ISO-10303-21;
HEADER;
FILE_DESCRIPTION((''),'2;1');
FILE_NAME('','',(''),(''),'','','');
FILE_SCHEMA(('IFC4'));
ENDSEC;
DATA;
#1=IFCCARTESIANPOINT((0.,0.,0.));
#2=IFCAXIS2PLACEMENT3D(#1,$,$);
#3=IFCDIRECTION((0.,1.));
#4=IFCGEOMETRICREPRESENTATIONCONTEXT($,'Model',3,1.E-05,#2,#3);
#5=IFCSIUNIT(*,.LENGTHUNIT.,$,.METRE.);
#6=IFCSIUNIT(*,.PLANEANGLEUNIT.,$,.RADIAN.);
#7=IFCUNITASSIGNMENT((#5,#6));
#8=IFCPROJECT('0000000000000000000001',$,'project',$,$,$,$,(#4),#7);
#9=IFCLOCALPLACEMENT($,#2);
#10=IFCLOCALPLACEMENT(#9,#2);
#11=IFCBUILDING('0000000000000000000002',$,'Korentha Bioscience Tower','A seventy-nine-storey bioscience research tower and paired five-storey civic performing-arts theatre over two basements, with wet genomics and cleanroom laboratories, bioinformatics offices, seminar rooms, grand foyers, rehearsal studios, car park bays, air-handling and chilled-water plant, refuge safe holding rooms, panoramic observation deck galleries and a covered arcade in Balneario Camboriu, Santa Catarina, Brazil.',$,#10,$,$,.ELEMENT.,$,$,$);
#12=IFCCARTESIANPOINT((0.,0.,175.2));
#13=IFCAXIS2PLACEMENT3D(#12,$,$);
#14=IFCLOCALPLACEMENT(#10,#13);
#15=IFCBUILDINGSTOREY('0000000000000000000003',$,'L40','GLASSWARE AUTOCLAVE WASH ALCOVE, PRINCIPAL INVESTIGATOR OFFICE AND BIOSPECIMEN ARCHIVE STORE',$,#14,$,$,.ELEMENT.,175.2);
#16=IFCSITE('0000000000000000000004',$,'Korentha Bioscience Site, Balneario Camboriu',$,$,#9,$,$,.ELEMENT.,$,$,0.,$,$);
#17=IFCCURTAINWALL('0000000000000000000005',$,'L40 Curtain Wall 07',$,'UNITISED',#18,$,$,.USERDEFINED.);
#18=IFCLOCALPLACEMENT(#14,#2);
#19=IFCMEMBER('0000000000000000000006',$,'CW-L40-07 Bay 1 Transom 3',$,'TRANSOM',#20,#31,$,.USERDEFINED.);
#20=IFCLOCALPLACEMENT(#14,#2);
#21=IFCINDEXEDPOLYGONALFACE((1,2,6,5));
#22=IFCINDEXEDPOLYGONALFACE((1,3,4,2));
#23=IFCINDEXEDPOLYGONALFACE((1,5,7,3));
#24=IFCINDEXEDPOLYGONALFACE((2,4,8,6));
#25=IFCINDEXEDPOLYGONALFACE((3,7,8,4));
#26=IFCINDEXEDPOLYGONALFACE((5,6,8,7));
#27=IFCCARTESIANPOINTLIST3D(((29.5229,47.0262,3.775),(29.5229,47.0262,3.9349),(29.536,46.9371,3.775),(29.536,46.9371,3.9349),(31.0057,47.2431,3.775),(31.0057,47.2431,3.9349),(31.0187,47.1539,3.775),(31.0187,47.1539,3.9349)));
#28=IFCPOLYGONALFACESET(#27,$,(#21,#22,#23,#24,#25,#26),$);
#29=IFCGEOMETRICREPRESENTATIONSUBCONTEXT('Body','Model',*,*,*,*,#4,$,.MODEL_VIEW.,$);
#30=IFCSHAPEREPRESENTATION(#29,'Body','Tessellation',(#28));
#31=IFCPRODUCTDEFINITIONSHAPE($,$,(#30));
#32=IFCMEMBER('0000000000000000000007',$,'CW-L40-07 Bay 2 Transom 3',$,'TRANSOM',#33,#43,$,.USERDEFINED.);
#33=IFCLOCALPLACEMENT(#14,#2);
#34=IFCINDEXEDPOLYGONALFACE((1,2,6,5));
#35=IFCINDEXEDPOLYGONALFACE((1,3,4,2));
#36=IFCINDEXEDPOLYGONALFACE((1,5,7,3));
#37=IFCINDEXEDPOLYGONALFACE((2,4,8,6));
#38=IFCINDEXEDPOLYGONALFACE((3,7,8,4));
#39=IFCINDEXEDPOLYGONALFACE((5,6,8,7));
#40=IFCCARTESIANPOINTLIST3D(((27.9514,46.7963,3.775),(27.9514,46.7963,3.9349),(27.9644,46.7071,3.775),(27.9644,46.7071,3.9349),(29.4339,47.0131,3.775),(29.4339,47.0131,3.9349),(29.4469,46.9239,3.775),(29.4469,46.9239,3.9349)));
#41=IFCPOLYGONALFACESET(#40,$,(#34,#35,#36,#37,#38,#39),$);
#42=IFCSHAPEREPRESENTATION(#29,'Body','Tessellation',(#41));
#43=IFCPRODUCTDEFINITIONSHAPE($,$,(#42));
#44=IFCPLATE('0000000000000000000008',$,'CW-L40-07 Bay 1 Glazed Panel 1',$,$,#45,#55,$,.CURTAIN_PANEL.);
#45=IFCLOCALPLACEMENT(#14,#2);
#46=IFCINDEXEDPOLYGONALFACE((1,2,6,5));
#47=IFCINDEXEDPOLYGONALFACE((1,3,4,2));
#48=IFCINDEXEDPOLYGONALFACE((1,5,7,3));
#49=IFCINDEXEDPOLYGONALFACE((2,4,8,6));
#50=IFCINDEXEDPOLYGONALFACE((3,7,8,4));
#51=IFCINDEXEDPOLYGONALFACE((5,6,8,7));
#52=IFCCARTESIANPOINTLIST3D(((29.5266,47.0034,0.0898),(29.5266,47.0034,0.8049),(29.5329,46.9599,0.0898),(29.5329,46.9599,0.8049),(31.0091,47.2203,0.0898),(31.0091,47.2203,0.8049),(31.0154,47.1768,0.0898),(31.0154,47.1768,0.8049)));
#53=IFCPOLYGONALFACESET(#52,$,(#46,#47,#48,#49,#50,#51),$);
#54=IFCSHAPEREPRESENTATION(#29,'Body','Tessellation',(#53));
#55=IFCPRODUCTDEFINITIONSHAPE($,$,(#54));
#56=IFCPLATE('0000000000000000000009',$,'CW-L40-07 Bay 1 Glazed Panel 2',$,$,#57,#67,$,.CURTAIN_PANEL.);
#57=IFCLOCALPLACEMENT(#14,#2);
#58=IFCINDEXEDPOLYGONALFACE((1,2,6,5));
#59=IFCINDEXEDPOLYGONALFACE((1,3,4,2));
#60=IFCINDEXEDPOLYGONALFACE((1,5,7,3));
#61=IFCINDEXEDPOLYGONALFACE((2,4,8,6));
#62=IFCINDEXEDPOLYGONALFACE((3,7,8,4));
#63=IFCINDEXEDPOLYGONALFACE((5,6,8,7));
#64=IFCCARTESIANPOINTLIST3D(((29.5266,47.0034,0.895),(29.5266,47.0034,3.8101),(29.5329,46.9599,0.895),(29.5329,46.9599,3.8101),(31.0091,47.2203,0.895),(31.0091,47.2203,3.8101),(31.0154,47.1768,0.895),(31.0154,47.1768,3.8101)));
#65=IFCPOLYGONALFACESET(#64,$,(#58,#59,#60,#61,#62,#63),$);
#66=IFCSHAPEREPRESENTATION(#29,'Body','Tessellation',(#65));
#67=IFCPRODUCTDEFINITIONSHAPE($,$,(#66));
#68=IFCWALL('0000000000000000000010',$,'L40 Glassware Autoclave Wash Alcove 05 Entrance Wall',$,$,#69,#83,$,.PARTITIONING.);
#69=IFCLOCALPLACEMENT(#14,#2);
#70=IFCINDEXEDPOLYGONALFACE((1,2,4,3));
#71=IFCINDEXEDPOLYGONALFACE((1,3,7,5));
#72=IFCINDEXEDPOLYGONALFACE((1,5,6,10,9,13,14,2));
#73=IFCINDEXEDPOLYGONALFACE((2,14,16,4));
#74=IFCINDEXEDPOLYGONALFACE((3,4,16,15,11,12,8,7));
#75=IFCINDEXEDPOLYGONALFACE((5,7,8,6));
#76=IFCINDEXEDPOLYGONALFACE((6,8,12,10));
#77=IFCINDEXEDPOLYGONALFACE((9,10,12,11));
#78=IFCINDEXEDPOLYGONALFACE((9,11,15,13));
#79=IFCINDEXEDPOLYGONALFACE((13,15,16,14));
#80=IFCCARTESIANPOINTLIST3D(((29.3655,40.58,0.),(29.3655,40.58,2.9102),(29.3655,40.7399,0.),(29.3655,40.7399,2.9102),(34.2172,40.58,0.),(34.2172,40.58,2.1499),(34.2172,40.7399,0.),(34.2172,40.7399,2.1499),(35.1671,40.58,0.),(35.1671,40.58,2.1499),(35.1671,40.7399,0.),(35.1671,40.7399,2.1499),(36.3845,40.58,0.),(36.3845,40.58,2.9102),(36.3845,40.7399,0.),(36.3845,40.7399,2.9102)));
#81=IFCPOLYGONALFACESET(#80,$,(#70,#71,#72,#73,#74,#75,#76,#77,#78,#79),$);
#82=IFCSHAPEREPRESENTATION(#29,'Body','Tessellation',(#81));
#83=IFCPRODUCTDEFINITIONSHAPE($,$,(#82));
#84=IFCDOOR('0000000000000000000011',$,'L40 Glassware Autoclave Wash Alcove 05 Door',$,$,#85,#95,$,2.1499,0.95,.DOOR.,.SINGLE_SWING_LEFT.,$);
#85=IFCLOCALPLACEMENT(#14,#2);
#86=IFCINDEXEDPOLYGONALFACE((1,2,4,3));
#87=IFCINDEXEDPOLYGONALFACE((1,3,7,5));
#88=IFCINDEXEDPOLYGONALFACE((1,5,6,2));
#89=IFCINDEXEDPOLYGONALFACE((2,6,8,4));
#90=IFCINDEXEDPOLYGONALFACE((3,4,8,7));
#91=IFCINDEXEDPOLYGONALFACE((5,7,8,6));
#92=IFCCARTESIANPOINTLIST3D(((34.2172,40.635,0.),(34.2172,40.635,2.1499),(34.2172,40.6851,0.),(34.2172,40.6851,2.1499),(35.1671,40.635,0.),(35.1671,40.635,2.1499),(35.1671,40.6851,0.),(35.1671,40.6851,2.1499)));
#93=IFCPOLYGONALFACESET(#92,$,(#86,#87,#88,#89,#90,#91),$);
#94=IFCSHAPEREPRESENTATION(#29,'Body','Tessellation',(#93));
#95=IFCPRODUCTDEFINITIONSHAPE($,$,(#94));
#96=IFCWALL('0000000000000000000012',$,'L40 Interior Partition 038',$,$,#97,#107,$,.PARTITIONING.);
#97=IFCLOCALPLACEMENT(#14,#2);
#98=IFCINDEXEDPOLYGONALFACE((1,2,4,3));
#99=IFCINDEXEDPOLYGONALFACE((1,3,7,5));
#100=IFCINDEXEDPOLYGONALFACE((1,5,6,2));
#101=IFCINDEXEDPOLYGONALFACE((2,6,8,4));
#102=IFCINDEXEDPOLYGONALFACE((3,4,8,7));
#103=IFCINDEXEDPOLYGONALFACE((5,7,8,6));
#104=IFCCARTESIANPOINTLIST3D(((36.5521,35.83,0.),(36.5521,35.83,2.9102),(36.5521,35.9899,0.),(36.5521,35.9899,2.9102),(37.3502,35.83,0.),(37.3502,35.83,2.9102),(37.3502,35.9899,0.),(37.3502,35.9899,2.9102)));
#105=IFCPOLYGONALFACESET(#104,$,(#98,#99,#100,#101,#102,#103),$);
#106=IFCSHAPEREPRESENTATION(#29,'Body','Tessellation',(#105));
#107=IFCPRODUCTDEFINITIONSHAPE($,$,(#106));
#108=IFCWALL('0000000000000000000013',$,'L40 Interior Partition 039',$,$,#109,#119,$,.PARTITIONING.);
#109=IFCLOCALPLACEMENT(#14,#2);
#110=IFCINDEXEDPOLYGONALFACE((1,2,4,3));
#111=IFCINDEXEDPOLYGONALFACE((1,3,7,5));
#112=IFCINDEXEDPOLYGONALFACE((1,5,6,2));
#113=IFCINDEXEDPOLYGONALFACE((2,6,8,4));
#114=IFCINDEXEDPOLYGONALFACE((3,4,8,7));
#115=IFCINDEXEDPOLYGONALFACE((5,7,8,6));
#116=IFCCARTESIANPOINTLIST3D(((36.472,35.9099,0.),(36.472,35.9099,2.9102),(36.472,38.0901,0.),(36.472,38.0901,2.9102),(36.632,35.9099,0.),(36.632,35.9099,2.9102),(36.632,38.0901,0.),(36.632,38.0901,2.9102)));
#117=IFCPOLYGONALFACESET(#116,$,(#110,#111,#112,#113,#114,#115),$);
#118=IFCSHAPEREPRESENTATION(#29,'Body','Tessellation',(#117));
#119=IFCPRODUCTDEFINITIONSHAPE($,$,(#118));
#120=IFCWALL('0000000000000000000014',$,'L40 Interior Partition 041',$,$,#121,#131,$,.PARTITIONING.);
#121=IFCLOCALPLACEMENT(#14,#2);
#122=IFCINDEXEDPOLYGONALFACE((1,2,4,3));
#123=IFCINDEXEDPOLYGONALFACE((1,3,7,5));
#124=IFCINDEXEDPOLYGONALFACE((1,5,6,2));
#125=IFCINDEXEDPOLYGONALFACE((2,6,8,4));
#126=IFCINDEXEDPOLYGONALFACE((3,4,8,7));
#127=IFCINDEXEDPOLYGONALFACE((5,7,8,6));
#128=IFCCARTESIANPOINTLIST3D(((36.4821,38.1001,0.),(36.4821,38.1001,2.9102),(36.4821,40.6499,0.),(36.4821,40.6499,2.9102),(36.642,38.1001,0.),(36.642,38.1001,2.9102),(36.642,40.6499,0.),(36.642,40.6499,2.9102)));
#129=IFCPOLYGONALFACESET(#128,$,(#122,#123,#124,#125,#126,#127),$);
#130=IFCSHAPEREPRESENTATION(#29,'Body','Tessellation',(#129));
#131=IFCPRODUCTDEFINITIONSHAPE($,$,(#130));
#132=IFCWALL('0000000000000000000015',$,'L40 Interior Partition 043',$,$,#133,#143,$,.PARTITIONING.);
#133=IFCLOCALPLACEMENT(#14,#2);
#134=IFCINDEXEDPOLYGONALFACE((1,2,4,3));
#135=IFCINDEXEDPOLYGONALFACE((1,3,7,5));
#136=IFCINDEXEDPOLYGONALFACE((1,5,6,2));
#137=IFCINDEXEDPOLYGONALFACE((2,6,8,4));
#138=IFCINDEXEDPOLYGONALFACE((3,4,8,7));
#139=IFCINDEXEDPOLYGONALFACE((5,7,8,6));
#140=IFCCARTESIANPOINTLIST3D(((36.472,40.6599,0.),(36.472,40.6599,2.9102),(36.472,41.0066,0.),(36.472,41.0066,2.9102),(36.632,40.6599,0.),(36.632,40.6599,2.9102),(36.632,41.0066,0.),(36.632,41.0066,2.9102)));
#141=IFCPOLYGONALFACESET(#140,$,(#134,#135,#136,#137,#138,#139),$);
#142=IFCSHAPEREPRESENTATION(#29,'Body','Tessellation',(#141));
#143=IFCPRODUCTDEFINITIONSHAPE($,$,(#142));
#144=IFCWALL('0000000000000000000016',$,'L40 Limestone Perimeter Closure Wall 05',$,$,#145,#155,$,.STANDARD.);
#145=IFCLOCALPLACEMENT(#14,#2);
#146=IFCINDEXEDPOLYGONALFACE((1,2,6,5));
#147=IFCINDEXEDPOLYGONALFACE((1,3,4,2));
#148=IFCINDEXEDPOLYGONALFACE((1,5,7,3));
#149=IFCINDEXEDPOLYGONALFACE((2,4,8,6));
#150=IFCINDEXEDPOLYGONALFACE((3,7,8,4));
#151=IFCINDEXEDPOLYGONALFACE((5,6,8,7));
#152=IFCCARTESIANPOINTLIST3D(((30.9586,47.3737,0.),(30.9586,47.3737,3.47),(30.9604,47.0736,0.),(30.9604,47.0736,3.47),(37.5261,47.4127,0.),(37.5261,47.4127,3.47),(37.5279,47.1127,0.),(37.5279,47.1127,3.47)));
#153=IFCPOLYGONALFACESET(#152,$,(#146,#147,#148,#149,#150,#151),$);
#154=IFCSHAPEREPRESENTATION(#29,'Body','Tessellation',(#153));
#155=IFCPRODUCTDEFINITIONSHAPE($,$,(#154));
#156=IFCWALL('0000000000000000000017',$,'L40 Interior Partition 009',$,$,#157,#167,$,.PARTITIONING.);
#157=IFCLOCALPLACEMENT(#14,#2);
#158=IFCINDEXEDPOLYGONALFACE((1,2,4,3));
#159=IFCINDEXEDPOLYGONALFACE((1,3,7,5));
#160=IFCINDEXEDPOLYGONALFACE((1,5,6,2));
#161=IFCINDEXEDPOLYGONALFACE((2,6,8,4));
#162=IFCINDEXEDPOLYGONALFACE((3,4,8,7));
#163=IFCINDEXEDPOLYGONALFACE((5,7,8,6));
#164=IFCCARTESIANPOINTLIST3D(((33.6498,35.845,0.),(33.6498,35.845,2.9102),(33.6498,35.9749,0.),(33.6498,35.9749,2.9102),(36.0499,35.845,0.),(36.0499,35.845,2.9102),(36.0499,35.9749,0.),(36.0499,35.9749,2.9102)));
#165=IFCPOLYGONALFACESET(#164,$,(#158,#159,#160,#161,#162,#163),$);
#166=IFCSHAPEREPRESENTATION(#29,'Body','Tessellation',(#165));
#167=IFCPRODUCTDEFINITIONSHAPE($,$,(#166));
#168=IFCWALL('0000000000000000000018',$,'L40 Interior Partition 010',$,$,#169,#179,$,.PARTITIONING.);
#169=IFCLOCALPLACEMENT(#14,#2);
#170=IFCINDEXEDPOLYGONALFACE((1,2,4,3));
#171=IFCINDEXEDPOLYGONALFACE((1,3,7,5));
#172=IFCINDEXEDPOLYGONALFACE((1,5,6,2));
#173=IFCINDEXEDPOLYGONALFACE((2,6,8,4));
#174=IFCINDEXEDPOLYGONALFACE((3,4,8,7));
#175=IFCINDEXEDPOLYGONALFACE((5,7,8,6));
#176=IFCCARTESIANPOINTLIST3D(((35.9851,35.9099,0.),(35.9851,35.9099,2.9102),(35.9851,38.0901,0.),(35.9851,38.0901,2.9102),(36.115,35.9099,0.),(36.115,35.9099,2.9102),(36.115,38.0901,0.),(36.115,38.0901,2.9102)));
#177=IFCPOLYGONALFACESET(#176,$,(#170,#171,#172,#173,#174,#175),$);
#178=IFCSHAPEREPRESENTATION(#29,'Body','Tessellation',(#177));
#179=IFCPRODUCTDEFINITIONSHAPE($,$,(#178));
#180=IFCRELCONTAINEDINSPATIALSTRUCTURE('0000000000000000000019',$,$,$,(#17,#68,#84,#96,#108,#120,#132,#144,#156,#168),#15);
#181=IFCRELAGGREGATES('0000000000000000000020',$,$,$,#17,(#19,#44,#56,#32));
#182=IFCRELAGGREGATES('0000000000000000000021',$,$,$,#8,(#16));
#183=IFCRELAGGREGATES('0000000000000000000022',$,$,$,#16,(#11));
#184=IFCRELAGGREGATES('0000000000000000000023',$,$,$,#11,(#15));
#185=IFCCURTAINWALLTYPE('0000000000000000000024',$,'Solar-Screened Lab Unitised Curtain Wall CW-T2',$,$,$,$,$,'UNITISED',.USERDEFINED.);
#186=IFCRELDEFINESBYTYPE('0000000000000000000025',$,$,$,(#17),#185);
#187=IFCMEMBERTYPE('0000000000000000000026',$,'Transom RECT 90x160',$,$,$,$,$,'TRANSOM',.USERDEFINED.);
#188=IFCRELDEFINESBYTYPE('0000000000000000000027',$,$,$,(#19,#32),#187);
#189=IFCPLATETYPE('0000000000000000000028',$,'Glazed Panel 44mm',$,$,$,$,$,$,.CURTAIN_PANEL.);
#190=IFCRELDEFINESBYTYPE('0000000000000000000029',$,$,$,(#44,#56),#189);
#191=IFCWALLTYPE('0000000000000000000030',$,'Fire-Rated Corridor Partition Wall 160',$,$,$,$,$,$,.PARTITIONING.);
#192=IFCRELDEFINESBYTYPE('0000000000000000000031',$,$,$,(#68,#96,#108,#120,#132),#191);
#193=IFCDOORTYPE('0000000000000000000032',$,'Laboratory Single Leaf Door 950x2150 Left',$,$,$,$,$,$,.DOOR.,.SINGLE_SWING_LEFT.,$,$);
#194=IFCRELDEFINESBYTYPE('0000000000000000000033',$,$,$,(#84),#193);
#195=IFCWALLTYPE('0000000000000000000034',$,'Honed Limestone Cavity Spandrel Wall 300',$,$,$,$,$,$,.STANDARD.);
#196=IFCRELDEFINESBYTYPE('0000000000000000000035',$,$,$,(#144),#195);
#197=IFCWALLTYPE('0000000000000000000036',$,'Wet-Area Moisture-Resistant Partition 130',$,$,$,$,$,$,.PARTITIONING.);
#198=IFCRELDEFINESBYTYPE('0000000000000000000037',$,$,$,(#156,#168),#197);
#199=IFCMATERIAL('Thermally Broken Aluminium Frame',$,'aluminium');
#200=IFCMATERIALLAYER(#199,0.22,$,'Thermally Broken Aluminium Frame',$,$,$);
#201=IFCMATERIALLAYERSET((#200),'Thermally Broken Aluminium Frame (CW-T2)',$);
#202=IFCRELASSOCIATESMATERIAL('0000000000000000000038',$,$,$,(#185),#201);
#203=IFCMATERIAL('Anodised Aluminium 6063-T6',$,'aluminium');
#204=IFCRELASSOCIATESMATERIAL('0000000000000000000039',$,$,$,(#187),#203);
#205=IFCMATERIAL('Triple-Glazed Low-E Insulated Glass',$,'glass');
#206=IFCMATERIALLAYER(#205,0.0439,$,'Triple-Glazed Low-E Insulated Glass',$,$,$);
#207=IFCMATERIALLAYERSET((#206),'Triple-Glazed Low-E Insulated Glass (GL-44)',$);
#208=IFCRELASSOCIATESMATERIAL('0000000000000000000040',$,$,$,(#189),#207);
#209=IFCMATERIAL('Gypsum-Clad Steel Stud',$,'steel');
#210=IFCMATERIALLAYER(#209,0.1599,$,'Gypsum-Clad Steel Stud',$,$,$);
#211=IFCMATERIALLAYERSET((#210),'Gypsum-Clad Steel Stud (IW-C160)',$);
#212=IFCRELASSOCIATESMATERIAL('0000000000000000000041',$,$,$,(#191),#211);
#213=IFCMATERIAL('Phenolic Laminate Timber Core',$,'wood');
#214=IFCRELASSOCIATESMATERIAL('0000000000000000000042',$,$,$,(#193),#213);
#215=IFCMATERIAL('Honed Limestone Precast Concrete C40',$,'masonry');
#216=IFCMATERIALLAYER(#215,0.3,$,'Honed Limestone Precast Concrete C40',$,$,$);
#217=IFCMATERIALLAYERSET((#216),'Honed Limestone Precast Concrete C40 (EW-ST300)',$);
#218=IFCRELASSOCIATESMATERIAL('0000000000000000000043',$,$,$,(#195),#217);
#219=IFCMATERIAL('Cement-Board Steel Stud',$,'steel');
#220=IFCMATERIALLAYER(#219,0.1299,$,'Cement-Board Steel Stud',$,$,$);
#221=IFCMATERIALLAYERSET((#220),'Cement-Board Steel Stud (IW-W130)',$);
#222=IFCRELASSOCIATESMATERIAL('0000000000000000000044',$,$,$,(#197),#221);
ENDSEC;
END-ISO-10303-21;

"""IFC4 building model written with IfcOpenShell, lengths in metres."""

from ifc_helpers import new_model, si_unit, direction, frame, frame_2d, origin, origin_2d, place, context, subcontext, project, spatial, rectangle, extrude, material, layer, layer_set, material_profile, profile_set, type_object, element, fill, aggregate, save


model = new_model("IFC4")

# Units and contexts
model_context = context("Model", 3, precision=1e-05, world=origin(), true_north=direction((0.0, 1.0)))
body_context = subcontext(model_context, "Body", "Model", "MODEL_VIEW")
ifc_project = project(units=[si_unit("LENGTHUNIT", "METRE"), si_unit("PLANEANGLEUNIT", "RADIAN")], contexts=[model_context])

# Site, building, storey
site_placement = place(None, origin())
site = spatial("IfcSite", under=ifc_project, at=site_placement, Name="Korentha Bioscience Site, Balneario Camboriu", CompositionType="ELEMENT", RefElevation=0.0)
building_placement = place(site_placement, origin())
building = spatial("IfcBuilding", under=site, at=building_placement, Name="Korentha Bioscience Tower", Description="A seventy-nine-storey bioscience research tower and paired five-storey civic performing-arts theatre over two basements, with wet genomics and cleanroom laboratories, bioinformatics offices, seminar rooms, grand foyers, rehearsal studios, car park bays, air-handling and chilled-water plant, refuge safe holding rooms, panoramic observation deck galleries and a covered arcade in Balneario Camboriu, Santa Catarina, Brazil.", CompositionType="ELEMENT")
storey_placement = place(building_placement, frame((0.0, 0.0, 175.2)))
storey = spatial("IfcBuildingStorey", under=building, at=storey_placement, Name="L40", Description="GLASSWARE AUTOCLAVE WASH ALCOVE, PRINCIPAL INVESTIGATOR OFFICE AND BIOSPECIMEN ARCHIVE STORE", CompositionType="ELEMENT", Elevation=175.2)

# Curtain wall
ifc_material_1 = material(Name="Thermally Broken Aluminium Frame", Category="aluminium")
ifc_layer_1 = layer(ifc_material_1, 0.22, Name="Thermally Broken Aluminium Frame")
ifc_layer_set_1 = layer_set([ifc_layer_1], Name="Thermally Broken Aluminium Frame (CW-T2)")
curtain_wall_type = type_object("IfcCurtainWallType", Name="Solar-Screened Lab Unitised Curtain Wall CW-T2", ElementType="UNITISED", PredefinedType="USERDEFINED", material=ifc_layer_set_1)
curtain_wall_placement = place(storey_placement, origin())
curtain_wall = element("IfcCurtainWall", 1, at=curtain_wall_placement, inside=storey, type_object=curtain_wall_type, Name="L40 Curtain Wall 07", ObjectType="UNITISED", PredefinedType="USERDEFINED")
ifc_material_2 = material(Name="Anodised Aluminium 6063-T6", Category="aluminium")

# Members
ifc_material_profile_1 = material_profile(ifc_material_2, rectangle(XDim=0.0901, YDim=0.1599, at=origin_2d()), Name="Anodised Aluminium 6063-T6")
ifc_profile_set_1 = profile_set([ifc_material_profile_1], Name="Anodised Aluminium 6063-T6 (CW-TRN)")
member_type_1 = type_object("IfcMemberType", Name="Transom RECT 90x160", ElementType="TRANSOM", PredefinedType="USERDEFINED", material=ifc_profile_set_1)
member_1_placement = place(storey_placement, frame((31.0122, 47.1985, 3.855), z_axis=(-0.989478, -0.144682, 0.0), x_axis=(0.144682, -0.989478, 0.0)))
member_1 = element("IfcMember", 2, at=member_1_placement, type_object=member_type_1, Name="CW-L40-07 Bay 1 Transom 3", ObjectType="TRANSOM", PredefinedType="USERDEFINED", context=body_context, shape_type="SweptSolid", body=[
    extrude(rectangle(XDim=0.0901, YDim=0.1599, at=origin_2d()), origin(), (0.0, 0.0, 1.0), 1.4985),
])
member_2_placement = place(storey_placement, frame((29.4404, 46.9685, 3.855), z_axis=(-0.989475, -0.144706, 0.0), x_axis=(0.144706, -0.989475, 0.0)))
member_2 = element("IfcMember", 3, at=member_2_placement, type_object=member_type_1, Name="CW-L40-07 Bay 2 Transom 3", ObjectType="TRANSOM", PredefinedType="USERDEFINED", context=body_context, shape_type="SweptSolid", body=[
    extrude(rectangle(XDim=0.0901, YDim=0.1599, at=origin_2d()), origin(), (0.0, 0.0, 1.0), 1.4983),
])

# Plates
ifc_material_3 = material(Name="Triple-Glazed Low-E Insulated Glass", Category="glass")
ifc_layer_2 = layer(ifc_material_3, 0.0439, Name="Triple-Glazed Low-E Insulated Glass")
ifc_layer_set_2 = layer_set([ifc_layer_2], Name="Triple-Glazed Low-E Insulated Glass (GL-44)")
plate_type = type_object("IfcPlateType", Name="Glazed Panel 44mm", PredefinedType="CURTAIN_PANEL", material=ifc_layer_set_2)
plate_1_placement = place(storey_placement, frame((30.271, 47.0901, 0.0898), z_axis=(0.0, 0.0, 1.0), x_axis=(-0.989462, -0.144793, 0.0)))
plate_1 = element("IfcPlate", 4, at=plate_1_placement, type_object=plate_type, Name="CW-L40-07 Bay 1 Glazed Panel 1", PredefinedType="CURTAIN_PANEL", context=body_context, shape_type="SweptSolid", body=[
    extrude(rectangle(XDim=1.4983, YDim=0.0439, at=origin_2d()), origin(), (0.0, 0.0, 1.0), 0.7151),
])
plate_2_placement = place(storey_placement, frame((30.271, 47.0901, 0.895), z_axis=(0.0, 0.0, 1.0), x_axis=(-0.989462, -0.144793, 0.0)))
plate_2 = element("IfcPlate", 5, at=plate_2_placement, type_object=plate_type, Name="CW-L40-07 Bay 1 Glazed Panel 2", PredefinedType="CURTAIN_PANEL", context=body_context, shape_type="SweptSolid", body=[
    extrude(rectangle(XDim=1.4983, YDim=0.0439, at=origin_2d()), origin(), (0.0, 0.0, 1.0), 2.915),
])
aggregate(curtain_wall, [member_1, plate_1, plate_2, member_2])

# Wall, opening, door
ifc_material_4 = material(Name="Gypsum-Clad Steel Stud", Category="steel")
ifc_layer_3 = layer(ifc_material_4, 0.1599, Name="Gypsum-Clad Steel Stud")
ifc_layer_set_3 = layer_set([ifc_layer_3], Name="Gypsum-Clad Steel Stud (IW-C160)")
wall_type_1 = type_object("IfcWallType", Name="Fire-Rated Corridor Partition Wall 160", PredefinedType="PARTITIONING", material=ifc_layer_set_3)
wall_1_placement = place(storey_placement, frame((36.3845, 40.6599, 0.0), z_axis=(0.0, 0.0, 1.0), x_axis=(-1.0, 0.0, 0.0)))
wall_1 = element("IfcWall", 6, at=wall_1_placement, inside=storey, type_object=wall_type_1, Name="L40 Glassware Autoclave Wash Alcove 05 Entrance Wall", PredefinedType="PARTITIONING", context=body_context, shape_type="SweptSolid", body=[
    extrude(rectangle(XDim=7.019, YDim=0.1599, at=frame_2d((3.5095, 0.0))), origin(), (0.0, 0.0, 1.0), 2.9102),
])
opening_1_placement = place(wall_1_placement, frame((1.2173, 0.0, 0.0)))
opening_1 = element("IfcOpeningElement", 7, at=opening_1_placement, cuts=wall_1, PredefinedType="OPENING", context=body_context, shape_type="SweptSolid", body=[
    extrude(rectangle(XDim=0.95, YDim=2.1499, at=frame_2d((0.4751, 1.075))), frame((0.0, 0.0947, 0.0), z_axis=(0.0, -1.0, 0.0), x_axis=(1.0, 0.0, 0.0)), (0.0, 0.0, 1.0), 0.1897),
])
ifc_material_5 = material(Name="Phenolic Laminate Timber Core", Category="wood")
door_type_1 = type_object("IfcDoorType", Name="Laboratory Single Leaf Door 950x2150 Left", OperationType="SINGLE_SWING_LEFT", PredefinedType="DOOR", material=ifc_material_5)
door_1_placement = place(opening_1_placement, origin())
door_1 = element("IfcDoor", 8, at=door_1_placement, inside=storey, type_object=door_type_1, Name="L40 Glassware Autoclave Wash Alcove 05 Door", OperationType="SINGLE_SWING_LEFT", OverallHeight=2.1499, OverallWidth=0.95, PredefinedType="DOOR", context=body_context, shape_type="SweptSolid", body=[
    extrude(rectangle(XDim=0.95, YDim=2.1499, at=frame_2d((0.4751, 1.075))), frame((0.0, 0.0249, 0.0), z_axis=(0.0, -1.0, 0.0), x_axis=(1.0, 0.0, 0.0)), (0.0, 0.0, 1.0), 0.05),
])
fill(opening_1, door_1)

# Walls
wall_2_placement = place(storey_placement, frame((37.3501, 35.9099, 0.0), z_axis=(0.0, 0.0, 1.0), x_axis=(-1.0, 0.0, 0.0)))
element("IfcWall", 9, at=wall_2_placement, inside=storey, type_object=wall_type_1, Name="L40 Interior Partition 038", PredefinedType="PARTITIONING", context=body_context, shape_type="SweptSolid", body=[
    extrude(rectangle(XDim=0.7981, YDim=0.1599, at=frame_2d((0.3989, 0.0))), origin(), (0.0, 0.0, 1.0), 2.9102),
])
wall_3_placement = place(storey_placement, frame((36.552, 35.9099, 0.0), z_axis=(0.0, 0.0, 1.0), x_axis=(0.0, 1.0, 0.0)))
element("IfcWall", 10, at=wall_3_placement, inside=storey, type_object=wall_type_1, Name="L40 Interior Partition 039", PredefinedType="PARTITIONING", context=body_context, shape_type="SweptSolid", body=[
    extrude(rectangle(XDim=2.1802, YDim=0.1599, at=frame_2d((1.0901, 0.0))), origin(), (0.0, 0.0, 1.0), 2.9102),
])
wall_4_placement = place(storey_placement, frame((36.562, 38.1001, 0.0), z_axis=(0.0, 0.0, 1.0), x_axis=(0.0, 1.0, 0.0)))
element("IfcWall", 11, at=wall_4_placement, inside=storey, type_object=wall_type_1, Name="L40 Interior Partition 041", PredefinedType="PARTITIONING", context=body_context, shape_type="SweptSolid", body=[
    extrude(rectangle(XDim=2.5498, YDim=0.1599, at=frame_2d((1.2749, 0.0))), origin(), (0.0, 0.0, 1.0), 2.9102),
])
wall_5_placement = place(storey_placement, frame((36.552, 40.6599, 0.0), z_axis=(0.0, 0.0, 1.0), x_axis=(0.0, 1.0, 0.0)))
element("IfcWall", 12, at=wall_5_placement, inside=storey, type_object=wall_type_1, Name="L40 Interior Partition 043", PredefinedType="PARTITIONING", context=body_context, shape_type="SweptSolid", body=[
    extrude(rectangle(XDim=0.3467, YDim=0.1599, at=frame_2d((0.1733, 0.0))), origin(), (0.0, 0.0, 1.0), 2.9102),
])
ifc_material_6 = material(Name="Honed Limestone Precast Concrete C40", Category="masonry")
ifc_layer_4 = layer(ifc_material_6, 0.3, Name="Honed Limestone Precast Concrete C40")
ifc_layer_set_4 = layer_set([ifc_layer_4], Name="Honed Limestone Precast Concrete C40 (EW-ST300)")
wall_type_2 = type_object("IfcWallType", Name="Honed Limestone Cavity Spandrel Wall 300", PredefinedType="STANDARD", material=ifc_layer_set_4)
wall_6_placement = place(storey_placement, frame((37.5269, 47.2627, 0.0), z_axis=(0.0, 0.0, 1.0), x_axis=(-0.999982, -0.005948, 0.0)))
element("IfcWall", 13, at=wall_6_placement, inside=storey, type_object=wall_type_2, Name="L40 Limestone Perimeter Closure Wall 05", PredefinedType="STANDARD", context=body_context, shape_type="SweptSolid", body=[
    extrude(rectangle(XDim=6.5676, YDim=0.3, at=frame_2d((3.2837, 0.0))), origin(), (0.0, 0.0, 1.0), 3.47),
])

# Shared definitions
ifc_material_7 = material(Name="Cement-Board Steel Stud", Category="steel")
ifc_layer_5 = layer(ifc_material_7, 0.1299, Name="Cement-Board Steel Stud")
ifc_layer_set_5 = layer_set([ifc_layer_5], Name="Cement-Board Steel Stud (IW-W130)")
wall_type_3 = type_object("IfcWallType", Name="Wet-Area Moisture-Resistant Partition 130", PredefinedType="PARTITIONING", material=ifc_layer_set_5)

# Walls
wall_7_placement = place(storey_placement, frame((36.05, 35.9099, 0.0), z_axis=(0.0, 0.0, 1.0), x_axis=(-1.0, 0.0, 0.0)))
element("IfcWall", 14, at=wall_7_placement, inside=storey, type_object=wall_type_3, Name="L40 Interior Partition 009", PredefinedType="PARTITIONING", context=body_context, shape_type="SweptSolid", body=[
    extrude(rectangle(XDim=2.4001, YDim=0.1299, at=frame_2d((1.2002, 0.0))), origin(), (0.0, 0.0, 1.0), 2.9102),
])
wall_8_placement = place(storey_placement, frame((36.05, 38.0901, 0.0), z_axis=(0.0, 0.0, 1.0), x_axis=(0.0, -1.0, 0.0)))
element("IfcWall", 15, at=wall_8_placement, inside=storey, type_object=wall_type_3, Name="L40 Interior Partition 010", PredefinedType="PARTITIONING", context=body_context, shape_type="SweptSolid", body=[
    extrude(rectangle(XDim=2.1802, YDim=0.1299, at=frame_2d((1.0901, 0.0))), origin(), (0.0, 0.0, 1.0), 2.9102),
])

save(model, "model.ifc")
